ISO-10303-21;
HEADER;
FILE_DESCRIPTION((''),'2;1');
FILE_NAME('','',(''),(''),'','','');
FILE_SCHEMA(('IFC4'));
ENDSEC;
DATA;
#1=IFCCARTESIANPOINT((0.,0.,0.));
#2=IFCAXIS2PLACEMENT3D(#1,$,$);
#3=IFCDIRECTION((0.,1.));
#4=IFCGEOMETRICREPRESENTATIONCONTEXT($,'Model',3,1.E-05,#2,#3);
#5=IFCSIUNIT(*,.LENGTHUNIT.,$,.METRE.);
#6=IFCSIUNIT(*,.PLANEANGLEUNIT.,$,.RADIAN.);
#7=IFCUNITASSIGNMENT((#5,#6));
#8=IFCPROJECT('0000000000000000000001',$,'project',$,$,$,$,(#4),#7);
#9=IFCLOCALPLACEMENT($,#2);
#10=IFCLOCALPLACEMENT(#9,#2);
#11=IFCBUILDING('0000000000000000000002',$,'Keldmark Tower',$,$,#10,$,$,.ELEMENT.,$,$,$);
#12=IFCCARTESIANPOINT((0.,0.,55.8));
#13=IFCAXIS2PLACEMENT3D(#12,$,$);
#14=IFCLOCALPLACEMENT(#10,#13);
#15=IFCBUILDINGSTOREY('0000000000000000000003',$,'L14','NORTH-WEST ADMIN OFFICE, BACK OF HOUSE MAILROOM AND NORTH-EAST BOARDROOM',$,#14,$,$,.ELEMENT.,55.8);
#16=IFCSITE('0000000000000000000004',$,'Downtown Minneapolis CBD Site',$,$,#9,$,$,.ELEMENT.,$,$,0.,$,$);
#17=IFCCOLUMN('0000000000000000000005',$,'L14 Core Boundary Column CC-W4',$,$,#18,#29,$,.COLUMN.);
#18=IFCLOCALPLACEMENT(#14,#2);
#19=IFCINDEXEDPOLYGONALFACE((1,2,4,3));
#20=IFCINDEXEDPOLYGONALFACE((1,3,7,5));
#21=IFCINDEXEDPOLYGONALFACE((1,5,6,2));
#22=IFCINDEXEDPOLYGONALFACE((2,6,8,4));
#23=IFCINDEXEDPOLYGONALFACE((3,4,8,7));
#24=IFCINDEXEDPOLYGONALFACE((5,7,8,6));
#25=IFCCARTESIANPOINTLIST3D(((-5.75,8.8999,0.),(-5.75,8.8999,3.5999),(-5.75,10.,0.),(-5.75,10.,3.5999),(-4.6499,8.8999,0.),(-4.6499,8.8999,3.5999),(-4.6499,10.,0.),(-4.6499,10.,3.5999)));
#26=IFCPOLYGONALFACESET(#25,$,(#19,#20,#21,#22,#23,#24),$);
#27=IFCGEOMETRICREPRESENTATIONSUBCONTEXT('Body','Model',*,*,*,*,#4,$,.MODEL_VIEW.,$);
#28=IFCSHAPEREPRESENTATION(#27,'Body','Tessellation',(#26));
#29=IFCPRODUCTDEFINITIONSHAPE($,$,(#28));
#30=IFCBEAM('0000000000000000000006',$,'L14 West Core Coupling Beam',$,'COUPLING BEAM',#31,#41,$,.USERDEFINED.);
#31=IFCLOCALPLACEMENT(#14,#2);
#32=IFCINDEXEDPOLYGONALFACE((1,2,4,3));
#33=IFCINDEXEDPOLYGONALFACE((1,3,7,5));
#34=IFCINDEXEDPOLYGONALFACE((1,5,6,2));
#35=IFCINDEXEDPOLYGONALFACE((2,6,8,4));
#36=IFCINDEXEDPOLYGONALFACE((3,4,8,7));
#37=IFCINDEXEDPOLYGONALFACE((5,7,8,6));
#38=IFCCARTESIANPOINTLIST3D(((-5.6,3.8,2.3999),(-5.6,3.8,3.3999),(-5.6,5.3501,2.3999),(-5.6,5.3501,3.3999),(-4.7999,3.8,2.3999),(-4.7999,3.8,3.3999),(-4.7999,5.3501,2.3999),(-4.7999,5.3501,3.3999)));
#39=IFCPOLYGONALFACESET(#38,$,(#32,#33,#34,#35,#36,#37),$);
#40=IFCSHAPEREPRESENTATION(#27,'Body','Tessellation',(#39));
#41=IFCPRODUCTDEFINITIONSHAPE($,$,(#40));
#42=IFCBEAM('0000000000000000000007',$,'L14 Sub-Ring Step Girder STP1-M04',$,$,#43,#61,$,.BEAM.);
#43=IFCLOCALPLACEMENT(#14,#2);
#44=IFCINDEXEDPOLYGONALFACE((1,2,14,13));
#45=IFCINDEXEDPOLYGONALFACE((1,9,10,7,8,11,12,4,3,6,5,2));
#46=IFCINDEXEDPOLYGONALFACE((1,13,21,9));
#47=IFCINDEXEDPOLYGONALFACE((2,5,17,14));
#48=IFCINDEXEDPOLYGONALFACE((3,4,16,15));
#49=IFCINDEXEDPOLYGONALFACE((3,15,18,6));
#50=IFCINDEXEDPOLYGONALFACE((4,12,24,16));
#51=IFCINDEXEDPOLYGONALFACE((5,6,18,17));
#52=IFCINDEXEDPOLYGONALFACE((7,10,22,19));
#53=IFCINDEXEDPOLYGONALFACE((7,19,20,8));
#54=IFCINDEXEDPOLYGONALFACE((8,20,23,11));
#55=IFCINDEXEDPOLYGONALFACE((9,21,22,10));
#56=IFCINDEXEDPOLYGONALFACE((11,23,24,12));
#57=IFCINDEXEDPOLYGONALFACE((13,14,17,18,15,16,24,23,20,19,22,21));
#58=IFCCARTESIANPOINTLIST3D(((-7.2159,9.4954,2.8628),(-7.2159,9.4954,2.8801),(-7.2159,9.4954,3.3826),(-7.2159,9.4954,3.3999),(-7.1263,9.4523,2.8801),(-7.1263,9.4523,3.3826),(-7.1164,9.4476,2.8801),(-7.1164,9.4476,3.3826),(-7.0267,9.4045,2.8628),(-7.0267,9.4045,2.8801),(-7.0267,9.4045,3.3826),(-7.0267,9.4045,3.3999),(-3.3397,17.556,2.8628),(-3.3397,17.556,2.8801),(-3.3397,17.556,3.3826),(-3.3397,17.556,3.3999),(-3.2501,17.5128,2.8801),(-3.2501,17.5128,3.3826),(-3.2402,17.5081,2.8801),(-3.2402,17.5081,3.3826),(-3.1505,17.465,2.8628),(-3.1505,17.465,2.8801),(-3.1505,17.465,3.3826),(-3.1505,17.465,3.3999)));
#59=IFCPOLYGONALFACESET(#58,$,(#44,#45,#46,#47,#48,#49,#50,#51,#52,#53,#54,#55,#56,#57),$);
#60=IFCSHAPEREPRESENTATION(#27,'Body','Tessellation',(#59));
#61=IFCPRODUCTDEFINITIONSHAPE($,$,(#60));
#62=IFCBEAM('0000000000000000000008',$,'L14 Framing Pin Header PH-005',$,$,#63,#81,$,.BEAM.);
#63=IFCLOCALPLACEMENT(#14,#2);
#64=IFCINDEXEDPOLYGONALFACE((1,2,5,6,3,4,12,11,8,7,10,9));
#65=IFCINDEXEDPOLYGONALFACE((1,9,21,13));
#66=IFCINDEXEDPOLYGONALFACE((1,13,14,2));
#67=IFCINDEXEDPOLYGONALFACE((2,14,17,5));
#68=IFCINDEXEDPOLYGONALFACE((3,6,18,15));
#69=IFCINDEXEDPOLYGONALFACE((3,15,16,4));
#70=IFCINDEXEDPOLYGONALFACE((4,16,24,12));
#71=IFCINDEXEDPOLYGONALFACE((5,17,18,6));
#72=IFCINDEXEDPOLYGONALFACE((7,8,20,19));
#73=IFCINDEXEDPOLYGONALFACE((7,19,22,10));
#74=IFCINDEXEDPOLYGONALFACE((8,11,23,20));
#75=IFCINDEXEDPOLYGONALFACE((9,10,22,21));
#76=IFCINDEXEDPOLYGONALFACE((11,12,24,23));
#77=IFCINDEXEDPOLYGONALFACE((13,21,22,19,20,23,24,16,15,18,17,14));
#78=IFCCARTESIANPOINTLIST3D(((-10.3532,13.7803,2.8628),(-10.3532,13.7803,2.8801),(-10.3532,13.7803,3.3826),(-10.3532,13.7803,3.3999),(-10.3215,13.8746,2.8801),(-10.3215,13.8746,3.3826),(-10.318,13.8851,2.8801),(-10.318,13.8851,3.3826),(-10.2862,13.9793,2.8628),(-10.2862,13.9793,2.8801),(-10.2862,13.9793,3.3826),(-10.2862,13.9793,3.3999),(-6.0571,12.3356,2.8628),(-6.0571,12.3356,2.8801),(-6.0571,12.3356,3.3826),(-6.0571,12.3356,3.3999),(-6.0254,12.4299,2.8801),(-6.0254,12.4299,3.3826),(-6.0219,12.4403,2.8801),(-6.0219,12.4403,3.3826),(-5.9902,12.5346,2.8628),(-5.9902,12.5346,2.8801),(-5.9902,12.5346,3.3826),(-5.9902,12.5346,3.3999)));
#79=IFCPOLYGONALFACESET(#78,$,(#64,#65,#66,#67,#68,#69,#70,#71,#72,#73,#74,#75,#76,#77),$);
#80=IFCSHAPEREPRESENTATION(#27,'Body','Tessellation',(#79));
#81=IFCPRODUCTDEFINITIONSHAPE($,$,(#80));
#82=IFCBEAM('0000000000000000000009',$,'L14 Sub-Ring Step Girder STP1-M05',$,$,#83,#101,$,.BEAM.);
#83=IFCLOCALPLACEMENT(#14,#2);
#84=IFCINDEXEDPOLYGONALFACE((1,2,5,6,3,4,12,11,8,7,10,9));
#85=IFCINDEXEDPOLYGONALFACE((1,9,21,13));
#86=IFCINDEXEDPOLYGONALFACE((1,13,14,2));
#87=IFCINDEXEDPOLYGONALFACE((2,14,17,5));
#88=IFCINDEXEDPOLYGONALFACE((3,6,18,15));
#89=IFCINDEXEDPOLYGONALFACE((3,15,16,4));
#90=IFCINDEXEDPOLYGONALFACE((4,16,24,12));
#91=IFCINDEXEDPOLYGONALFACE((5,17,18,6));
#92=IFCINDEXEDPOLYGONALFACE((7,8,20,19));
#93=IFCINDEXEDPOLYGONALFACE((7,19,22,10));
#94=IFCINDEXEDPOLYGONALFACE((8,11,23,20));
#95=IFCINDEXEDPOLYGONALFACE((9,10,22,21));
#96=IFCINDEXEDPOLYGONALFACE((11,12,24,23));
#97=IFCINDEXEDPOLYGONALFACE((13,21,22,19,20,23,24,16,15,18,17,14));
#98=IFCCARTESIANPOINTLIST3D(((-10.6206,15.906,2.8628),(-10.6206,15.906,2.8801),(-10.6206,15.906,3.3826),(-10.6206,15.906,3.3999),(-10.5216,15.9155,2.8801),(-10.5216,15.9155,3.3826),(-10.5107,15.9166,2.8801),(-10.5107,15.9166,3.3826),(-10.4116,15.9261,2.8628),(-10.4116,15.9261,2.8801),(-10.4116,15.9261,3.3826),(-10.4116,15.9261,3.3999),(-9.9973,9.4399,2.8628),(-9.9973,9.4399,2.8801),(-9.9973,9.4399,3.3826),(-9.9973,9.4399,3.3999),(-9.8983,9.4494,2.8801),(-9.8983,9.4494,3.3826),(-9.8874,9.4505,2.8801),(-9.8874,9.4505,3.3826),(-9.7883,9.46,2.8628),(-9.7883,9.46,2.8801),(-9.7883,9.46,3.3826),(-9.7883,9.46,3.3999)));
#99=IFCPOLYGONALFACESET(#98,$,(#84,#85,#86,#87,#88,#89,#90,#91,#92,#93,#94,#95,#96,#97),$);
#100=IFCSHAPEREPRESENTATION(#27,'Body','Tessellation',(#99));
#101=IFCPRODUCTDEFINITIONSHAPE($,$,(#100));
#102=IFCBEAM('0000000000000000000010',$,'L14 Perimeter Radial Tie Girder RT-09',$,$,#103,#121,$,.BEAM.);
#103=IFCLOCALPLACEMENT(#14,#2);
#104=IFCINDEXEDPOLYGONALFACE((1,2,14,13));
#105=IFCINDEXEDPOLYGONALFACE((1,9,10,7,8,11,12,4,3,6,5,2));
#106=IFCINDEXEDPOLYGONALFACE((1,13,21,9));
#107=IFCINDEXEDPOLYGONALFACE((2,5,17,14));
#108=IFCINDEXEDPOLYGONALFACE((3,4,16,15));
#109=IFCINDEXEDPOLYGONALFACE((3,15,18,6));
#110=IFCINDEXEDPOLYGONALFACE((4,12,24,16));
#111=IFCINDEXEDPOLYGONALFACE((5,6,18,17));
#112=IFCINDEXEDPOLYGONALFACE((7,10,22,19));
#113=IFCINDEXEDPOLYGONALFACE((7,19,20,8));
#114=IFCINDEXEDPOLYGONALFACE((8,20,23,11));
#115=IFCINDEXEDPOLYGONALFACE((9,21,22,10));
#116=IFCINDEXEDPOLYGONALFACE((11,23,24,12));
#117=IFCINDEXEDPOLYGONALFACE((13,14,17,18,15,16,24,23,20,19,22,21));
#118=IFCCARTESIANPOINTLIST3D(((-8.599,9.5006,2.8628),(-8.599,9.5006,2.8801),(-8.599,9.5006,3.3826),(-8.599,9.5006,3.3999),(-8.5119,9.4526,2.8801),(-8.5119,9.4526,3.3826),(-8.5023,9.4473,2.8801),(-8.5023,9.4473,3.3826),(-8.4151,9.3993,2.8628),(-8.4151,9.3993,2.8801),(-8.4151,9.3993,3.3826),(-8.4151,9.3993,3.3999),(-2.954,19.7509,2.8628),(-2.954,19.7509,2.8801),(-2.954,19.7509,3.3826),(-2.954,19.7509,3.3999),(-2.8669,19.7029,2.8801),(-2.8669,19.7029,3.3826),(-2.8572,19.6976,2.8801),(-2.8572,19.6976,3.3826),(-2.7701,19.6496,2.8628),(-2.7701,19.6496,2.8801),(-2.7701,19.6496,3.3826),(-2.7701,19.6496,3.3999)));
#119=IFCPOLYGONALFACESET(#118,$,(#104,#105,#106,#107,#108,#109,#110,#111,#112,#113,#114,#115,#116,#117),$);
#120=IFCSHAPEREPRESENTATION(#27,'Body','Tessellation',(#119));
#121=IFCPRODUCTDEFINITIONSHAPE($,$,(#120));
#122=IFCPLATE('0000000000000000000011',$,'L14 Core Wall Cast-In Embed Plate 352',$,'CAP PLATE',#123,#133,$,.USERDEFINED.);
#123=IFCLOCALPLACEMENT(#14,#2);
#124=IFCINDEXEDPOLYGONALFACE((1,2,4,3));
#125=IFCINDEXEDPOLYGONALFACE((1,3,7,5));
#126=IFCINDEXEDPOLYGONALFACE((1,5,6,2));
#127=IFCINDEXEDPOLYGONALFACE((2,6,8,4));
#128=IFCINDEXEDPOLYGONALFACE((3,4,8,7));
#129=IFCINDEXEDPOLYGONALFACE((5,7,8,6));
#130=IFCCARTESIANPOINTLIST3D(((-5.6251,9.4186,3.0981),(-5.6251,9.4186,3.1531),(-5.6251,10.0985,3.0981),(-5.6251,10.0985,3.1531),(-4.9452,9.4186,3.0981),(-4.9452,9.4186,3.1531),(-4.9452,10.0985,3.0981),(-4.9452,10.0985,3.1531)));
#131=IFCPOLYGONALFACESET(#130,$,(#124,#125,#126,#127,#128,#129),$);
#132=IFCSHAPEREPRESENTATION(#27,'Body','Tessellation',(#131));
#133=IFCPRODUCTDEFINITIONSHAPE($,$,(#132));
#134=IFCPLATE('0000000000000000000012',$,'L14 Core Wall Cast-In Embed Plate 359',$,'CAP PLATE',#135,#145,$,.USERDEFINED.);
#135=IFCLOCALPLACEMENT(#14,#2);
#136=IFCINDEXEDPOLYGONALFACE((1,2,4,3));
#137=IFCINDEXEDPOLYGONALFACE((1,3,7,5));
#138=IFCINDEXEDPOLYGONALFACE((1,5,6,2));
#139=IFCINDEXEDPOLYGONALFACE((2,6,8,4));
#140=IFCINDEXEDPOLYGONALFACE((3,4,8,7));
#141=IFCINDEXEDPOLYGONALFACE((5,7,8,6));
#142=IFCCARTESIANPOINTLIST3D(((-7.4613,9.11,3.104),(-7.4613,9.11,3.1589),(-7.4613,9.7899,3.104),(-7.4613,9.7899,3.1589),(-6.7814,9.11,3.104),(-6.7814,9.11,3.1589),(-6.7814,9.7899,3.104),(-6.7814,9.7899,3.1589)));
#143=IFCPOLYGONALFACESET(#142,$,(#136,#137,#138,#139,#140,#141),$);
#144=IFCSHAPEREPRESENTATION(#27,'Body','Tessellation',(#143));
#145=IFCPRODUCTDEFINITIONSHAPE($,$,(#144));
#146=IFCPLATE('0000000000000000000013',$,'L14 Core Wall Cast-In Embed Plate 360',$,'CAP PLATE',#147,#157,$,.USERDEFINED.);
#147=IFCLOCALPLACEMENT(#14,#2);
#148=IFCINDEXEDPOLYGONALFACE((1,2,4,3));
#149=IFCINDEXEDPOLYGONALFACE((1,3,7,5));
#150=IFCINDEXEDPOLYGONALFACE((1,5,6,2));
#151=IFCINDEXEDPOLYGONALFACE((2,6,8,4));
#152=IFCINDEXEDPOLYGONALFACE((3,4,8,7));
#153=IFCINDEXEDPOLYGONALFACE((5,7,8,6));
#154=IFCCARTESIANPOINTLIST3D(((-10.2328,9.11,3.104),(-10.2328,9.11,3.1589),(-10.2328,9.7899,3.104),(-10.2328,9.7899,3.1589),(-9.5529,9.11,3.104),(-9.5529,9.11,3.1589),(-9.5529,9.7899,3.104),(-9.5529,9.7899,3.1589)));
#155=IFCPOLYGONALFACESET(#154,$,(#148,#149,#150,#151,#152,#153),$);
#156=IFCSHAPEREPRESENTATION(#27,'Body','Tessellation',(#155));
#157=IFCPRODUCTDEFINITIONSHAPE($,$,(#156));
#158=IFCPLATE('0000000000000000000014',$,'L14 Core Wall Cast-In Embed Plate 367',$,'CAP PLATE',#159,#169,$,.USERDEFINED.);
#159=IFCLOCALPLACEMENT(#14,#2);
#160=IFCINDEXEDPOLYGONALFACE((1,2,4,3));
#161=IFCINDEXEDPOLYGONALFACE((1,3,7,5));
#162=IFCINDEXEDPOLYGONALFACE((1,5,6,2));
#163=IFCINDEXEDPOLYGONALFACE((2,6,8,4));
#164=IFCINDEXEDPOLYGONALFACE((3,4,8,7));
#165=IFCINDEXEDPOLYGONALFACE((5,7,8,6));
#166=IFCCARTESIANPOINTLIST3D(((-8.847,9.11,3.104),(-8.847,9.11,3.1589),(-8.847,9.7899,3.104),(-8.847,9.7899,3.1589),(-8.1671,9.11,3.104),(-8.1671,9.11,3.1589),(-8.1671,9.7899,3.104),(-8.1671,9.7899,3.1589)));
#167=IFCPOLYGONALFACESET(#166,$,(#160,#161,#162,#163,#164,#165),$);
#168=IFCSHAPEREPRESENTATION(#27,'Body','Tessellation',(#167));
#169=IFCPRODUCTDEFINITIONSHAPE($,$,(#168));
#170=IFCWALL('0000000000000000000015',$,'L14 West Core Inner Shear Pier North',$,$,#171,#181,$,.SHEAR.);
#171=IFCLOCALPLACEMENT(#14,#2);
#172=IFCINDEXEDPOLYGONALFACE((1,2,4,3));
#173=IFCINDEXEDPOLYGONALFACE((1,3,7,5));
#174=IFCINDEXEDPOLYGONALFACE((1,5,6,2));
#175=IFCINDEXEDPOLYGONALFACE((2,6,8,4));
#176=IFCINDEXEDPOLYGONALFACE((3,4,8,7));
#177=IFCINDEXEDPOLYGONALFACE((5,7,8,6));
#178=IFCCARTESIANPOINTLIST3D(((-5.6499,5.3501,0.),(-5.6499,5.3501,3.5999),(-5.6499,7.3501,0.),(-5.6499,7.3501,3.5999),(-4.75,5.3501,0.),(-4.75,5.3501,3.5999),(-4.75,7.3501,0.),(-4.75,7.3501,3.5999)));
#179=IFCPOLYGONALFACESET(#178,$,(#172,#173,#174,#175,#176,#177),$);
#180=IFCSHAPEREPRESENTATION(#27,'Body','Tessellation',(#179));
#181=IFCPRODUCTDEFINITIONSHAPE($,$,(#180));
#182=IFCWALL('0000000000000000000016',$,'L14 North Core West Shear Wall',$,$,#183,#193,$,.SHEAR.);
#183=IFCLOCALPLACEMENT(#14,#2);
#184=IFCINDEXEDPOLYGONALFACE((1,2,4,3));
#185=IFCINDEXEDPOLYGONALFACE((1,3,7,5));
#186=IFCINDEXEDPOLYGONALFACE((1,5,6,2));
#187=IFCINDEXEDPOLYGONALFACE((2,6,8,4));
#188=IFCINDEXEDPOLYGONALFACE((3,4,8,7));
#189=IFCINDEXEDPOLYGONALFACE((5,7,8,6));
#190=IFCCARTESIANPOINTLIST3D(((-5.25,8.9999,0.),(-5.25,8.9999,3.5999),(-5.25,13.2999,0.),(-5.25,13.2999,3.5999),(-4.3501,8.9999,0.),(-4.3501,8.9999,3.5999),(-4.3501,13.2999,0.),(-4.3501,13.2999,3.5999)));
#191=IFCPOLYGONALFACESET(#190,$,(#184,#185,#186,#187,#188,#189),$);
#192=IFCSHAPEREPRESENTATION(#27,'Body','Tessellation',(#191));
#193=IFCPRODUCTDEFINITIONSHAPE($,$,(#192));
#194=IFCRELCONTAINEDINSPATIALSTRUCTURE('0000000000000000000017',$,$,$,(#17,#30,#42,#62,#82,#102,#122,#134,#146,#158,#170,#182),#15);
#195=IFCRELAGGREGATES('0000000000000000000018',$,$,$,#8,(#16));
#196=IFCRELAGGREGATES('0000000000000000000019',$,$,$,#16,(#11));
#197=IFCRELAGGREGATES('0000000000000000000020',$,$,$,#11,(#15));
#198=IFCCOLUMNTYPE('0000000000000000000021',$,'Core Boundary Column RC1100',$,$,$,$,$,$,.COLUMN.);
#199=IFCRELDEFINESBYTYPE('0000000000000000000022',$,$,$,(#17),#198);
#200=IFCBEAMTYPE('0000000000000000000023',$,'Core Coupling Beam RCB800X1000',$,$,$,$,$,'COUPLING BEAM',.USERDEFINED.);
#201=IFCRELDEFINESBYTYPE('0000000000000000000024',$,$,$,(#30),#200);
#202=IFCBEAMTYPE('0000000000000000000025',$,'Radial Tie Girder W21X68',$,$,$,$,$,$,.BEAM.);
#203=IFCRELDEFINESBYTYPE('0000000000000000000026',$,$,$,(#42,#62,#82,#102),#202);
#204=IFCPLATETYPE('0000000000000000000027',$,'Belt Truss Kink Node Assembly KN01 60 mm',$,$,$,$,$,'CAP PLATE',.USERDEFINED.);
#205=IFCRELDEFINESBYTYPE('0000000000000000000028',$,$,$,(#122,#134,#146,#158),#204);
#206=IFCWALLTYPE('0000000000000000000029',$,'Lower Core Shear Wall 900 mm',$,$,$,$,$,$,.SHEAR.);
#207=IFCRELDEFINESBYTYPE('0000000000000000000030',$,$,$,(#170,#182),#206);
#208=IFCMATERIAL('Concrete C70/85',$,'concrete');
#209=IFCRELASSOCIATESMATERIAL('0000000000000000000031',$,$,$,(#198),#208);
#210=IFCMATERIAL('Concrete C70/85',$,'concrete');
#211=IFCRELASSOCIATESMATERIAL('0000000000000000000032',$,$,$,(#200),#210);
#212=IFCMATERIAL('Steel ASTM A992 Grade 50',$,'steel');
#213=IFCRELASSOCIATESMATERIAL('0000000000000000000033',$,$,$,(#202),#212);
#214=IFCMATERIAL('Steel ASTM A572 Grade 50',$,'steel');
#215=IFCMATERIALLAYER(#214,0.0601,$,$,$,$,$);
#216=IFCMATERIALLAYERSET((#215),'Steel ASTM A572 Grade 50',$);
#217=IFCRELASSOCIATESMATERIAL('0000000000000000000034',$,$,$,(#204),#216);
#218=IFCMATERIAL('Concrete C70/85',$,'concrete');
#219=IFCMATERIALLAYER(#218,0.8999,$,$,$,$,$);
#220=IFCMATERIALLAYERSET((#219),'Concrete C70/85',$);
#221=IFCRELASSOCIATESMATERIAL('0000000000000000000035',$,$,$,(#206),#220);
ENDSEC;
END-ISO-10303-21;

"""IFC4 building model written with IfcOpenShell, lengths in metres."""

from ifc_helpers import new_model, si_unit, direction, frame, frame_2d, origin, origin_2d, place, context, subcontext, project, spatial, rectangle, i_section, extrude, material, layer, layer_set, material_profile, profile_set, type_object, element, save


model = new_model("IFC4")

# Units and contexts
model_context = context("Model", 3, precision=1e-05, world=origin(), true_north=direction((0.0, 1.0)))
body_context = subcontext(model_context, "Body", "Model", "MODEL_VIEW")
ifc_project = project(units=[si_unit("LENGTHUNIT", "METRE"), si_unit("PLANEANGLEUNIT", "RADIAN")], contexts=[model_context])

# Site, building, storey
site_placement = place(None, origin())
site = spatial("IfcSite", under=ifc_project, at=site_placement, Name="Downtown Minneapolis CBD Site", CompositionType="ELEMENT", RefElevation=0.0)
building_placement = place(site_placement, origin())
building = spatial("IfcBuilding", under=site, at=building_placement, Name="Keldmark Tower", CompositionType="ELEMENT")
storey_placement = place(building_placement, frame((0.0, 0.0, 55.8)))
storey = spatial("IfcBuildingStorey", under=building, at=storey_placement, Name="L14", Description="NORTH-WEST ADMIN OFFICE, BACK OF HOUSE MAILROOM AND NORTH-EAST BOARDROOM", CompositionType="ELEMENT", Elevation=55.8)

# Column
ifc_material_1 = material(Name="Concrete C70/85", Category="concrete")
ifc_material_profile_1 = material_profile(ifc_material_1, rectangle(XDim=1.1001, YDim=1.1001, at=origin_2d()), Name="RC1100X1100")
ifc_profile_set_1 = profile_set([ifc_material_profile_1], Name="Concrete C70/85")
column_type = type_object("IfcColumnType", Name="Core Boundary Column RC1100", PredefinedType="COLUMN", material=ifc_profile_set_1)
column_placement = place(storey_placement, frame((-5.2, 9.45, 0.0), z_axis=(0.0, 0.0, 1.0), x_axis=(1.0, 0.0, 0.0)))
element("IfcColumn", 1, at=column_placement, inside=storey, type_object=column_type, Name="L14 Core Boundary Column CC-W4", PredefinedType="COLUMN", context=body_context, shape_type="SweptSolid", body=[
    extrude(rectangle(XDim=1.1001, YDim=1.1001, at=origin_2d()), origin(), (0.0, 0.0, 1.0), 3.5999),
])

# Beams
ifc_material_2 = material(Name="Concrete C70/85", Category="concrete")
ifc_material_profile_2 = material_profile(ifc_material_2, rectangle(XDim=0.8, YDim=1.0, at=origin_2d()), Name="RCB800X1000")
ifc_profile_set_2 = profile_set([ifc_material_profile_2], Name="Concrete C70/85")
beam_type_1 = type_object("IfcBeamType", Name="Core Coupling Beam RCB800X1000", ElementType="COUPLING BEAM", PredefinedType="USERDEFINED", material=ifc_profile_set_2)
beam_1_placement = place(storey_placement, frame((-5.2, 3.8, 2.8999), z_axis=(0.0, 1.0, 0.0), x_axis=(-1.0, 0.0, 0.0)))
element("IfcBeam", 2, at=beam_1_placement, inside=storey, type_object=beam_type_1, Name="L14 West Core Coupling Beam", ObjectType="COUPLING BEAM", PredefinedType="USERDEFINED", context=body_context, shape_type="SweptSolid", body=[
    extrude(rectangle(XDim=0.8, YDim=1.0, at=origin_2d()), origin(), (0.0, 0.0, 1.0), 1.55),
])
ifc_material_3 = material(Name="Steel ASTM A992 Grade 50", Category="steel")
ifc_material_profile_3 = material_profile(ifc_material_3, i_section(OverallWidth=0.21, OverallDepth=0.5371, WebThickness=0.011, FlangeThickness=0.0173, at=origin_2d()), Name="W21X68")
ifc_profile_set_3 = profile_set([ifc_material_profile_3], Name="Steel ASTM A992 Grade 50")
beam_type_2 = type_object("IfcBeamType", Name="Radial Tie Girder W21X68", PredefinedType="BEAM", material=ifc_profile_set_3)
beam_2_placement = place(storey_placement, frame((-7.1213, 9.45, 3.1313), z_axis=(0.433381, 0.901211, 0.0), x_axis=(-0.901211, 0.433381, 0.0)))
element("IfcBeam", 3, at=beam_2_placement, inside=storey, type_object=beam_type_2, Name="L14 Sub-Ring Step Girder STP1-M04", PredefinedType="BEAM", context=body_context, shape_type="SweptSolid", body=[
    extrude(i_section(OverallWidth=0.21, OverallDepth=0.5371, WebThickness=0.011, FlangeThickness=0.0173, at=origin_2d()), origin(), (0.0, 0.0, 1.0), 8.9441),
])
beam_3_placement = place(storey_placement, frame((-6.0237, 12.4351, 3.1313), z_axis=(-0.947834, 0.318764, 0.0), x_axis=(-0.318764, -0.947834, 0.0)))
element("IfcBeam", 4, at=beam_3_placement, inside=storey, type_object=beam_type_2, Name="L14 Framing Pin Header PH-005", PredefinedType="BEAM", context=body_context, shape_type="SweptSolid", body=[
    extrude(i_section(OverallWidth=0.21, OverallDepth=0.5371, WebThickness=0.011, FlangeThickness=0.0173, at=origin_2d()), origin(), (0.0, 0.0, 1.0), 4.5325),
])
beam_4_placement = place(storey_placement, frame((-9.8928, 9.45, 3.1313), z_axis=(-0.095949, 0.995386, 0.0), x_axis=(-0.995386, -0.095949, 0.0)))
element("IfcBeam", 5, at=beam_4_placement, inside=storey, type_object=beam_type_2, Name="L14 Sub-Ring Step Girder STP1-M05", PredefinedType="BEAM", context=body_context, shape_type="SweptSolid", body=[
    extrude(i_section(OverallWidth=0.21, OverallDepth=0.5371, WebThickness=0.011, FlangeThickness=0.0173, at=origin_2d()), origin(), (0.0, 0.0, 1.0), 6.4961),
])
beam_5_placement = place(storey_placement, frame((-8.5071, 9.45, 3.1313), z_axis=(0.482403, 0.875949, 0.0), x_axis=(-0.875949, 0.482403, 0.0)))
element("IfcBeam", 6, at=beam_5_placement, inside=storey, type_object=beam_type_2, Name="L14 Perimeter Radial Tie Girder RT-09", PredefinedType="BEAM", context=body_context, shape_type="SweptSolid", body=[
    extrude(i_section(OverallWidth=0.21, OverallDepth=0.5371, WebThickness=0.011, FlangeThickness=0.0173, at=origin_2d()), origin(), (0.0, 0.0, 1.0), 11.7019),
])

# Plates
ifc_material_4 = material(Name="Steel ASTM A572 Grade 50", Category="steel")
ifc_layer_1 = layer(ifc_material_4, 0.0601)
ifc_layer_set_1 = layer_set([ifc_layer_1], Name="Steel ASTM A572 Grade 50")
plate_type = type_object("IfcPlateType", Name="Belt Truss Kink Node Assembly KN01 60 mm", ElementType="CAP PLATE", PredefinedType="USERDEFINED", material=ifc_layer_set_1)
for number, where, z_axis, x_axis, name in (
    (7, (-5.2852, 9.7585, 3.0981), (0.0, 0.0, 1.0), (1.0, 0.0, 0.0), "L14 Core Wall Cast-In Embed Plate 352"),
    (8, (-7.1213, 9.45, 3.104), (0.0, 0.0, 1.0), (1.0, 0.0, 0.0), "L14 Core Wall Cast-In Embed Plate 359"),
    (9, (-9.8928, 9.45, 3.104), (0.0, 0.0, 1.0), (1.0, 0.0, 0.0), "L14 Core Wall Cast-In Embed Plate 360"),
    (10, (-8.5071, 9.45, 3.104), (0.0, 0.0, 1.0), (1.0, 0.0, 0.0), "L14 Core Wall Cast-In Embed Plate 367"),
):
    element("IfcPlate", number, at=place(storey_placement, frame(where, z_axis=z_axis, x_axis=x_axis)), inside=storey, type_object=plate_type, Name=name, ObjectType="CAP PLATE", PredefinedType="USERDEFINED", context=body_context, shape_type="SweptSolid", body=[
        extrude(rectangle(XDim=0.6799, YDim=0.6799, at=origin_2d()), origin(), (0.0, 0.0, 1.0), 0.0549),
    ])

# Walls
ifc_material_5 = material(Name="Concrete C70/85", Category="concrete")
ifc_layer_2 = layer(ifc_material_5, 0.8999)
ifc_layer_set_2 = layer_set([ifc_layer_2], Name="Concrete C70/85")
wall_type_1 = type_object("IfcWallType", Name="Lower Core Shear Wall 900 mm", PredefinedType="SHEAR", material=ifc_layer_set_2)
wall_1_placement = place(storey_placement, frame((-5.2, 5.3501, 0.0), z_axis=(0.0, 0.0, 1.0), x_axis=(0.0, 1.0, 0.0)))
element("IfcWall", 11, at=wall_1_placement, inside=storey, type_object=wall_type_1, Name="L14 West Core Inner Shear Pier North", PredefinedType="SHEAR", context=body_context, shape_type="SweptSolid", body=[
    extrude(rectangle(XDim=2.0, YDim=0.8999, at=frame_2d((1.0, 0.0))), origin(), (0.0, 0.0, 1.0), 3.5999),
])
wall_2_placement = place(storey_placement, frame((-4.8, 9.0, 0.0), z_axis=(0.0, 0.0, 1.0), x_axis=(0.0, 1.0, 0.0)))
element("IfcWall", 12, at=wall_2_placement, inside=storey, type_object=wall_type_1, Name="L14 North Core West Shear Wall", PredefinedType="SHEAR", context=body_context, shape_type="SweptSolid", body=[
    extrude(rectangle(XDim=4.3, YDim=0.8999, at=frame_2d((2.1499, 0.0))), origin(), (0.0, 0.0, 1.0), 3.5999),
])

save(model, "model.ifc")
